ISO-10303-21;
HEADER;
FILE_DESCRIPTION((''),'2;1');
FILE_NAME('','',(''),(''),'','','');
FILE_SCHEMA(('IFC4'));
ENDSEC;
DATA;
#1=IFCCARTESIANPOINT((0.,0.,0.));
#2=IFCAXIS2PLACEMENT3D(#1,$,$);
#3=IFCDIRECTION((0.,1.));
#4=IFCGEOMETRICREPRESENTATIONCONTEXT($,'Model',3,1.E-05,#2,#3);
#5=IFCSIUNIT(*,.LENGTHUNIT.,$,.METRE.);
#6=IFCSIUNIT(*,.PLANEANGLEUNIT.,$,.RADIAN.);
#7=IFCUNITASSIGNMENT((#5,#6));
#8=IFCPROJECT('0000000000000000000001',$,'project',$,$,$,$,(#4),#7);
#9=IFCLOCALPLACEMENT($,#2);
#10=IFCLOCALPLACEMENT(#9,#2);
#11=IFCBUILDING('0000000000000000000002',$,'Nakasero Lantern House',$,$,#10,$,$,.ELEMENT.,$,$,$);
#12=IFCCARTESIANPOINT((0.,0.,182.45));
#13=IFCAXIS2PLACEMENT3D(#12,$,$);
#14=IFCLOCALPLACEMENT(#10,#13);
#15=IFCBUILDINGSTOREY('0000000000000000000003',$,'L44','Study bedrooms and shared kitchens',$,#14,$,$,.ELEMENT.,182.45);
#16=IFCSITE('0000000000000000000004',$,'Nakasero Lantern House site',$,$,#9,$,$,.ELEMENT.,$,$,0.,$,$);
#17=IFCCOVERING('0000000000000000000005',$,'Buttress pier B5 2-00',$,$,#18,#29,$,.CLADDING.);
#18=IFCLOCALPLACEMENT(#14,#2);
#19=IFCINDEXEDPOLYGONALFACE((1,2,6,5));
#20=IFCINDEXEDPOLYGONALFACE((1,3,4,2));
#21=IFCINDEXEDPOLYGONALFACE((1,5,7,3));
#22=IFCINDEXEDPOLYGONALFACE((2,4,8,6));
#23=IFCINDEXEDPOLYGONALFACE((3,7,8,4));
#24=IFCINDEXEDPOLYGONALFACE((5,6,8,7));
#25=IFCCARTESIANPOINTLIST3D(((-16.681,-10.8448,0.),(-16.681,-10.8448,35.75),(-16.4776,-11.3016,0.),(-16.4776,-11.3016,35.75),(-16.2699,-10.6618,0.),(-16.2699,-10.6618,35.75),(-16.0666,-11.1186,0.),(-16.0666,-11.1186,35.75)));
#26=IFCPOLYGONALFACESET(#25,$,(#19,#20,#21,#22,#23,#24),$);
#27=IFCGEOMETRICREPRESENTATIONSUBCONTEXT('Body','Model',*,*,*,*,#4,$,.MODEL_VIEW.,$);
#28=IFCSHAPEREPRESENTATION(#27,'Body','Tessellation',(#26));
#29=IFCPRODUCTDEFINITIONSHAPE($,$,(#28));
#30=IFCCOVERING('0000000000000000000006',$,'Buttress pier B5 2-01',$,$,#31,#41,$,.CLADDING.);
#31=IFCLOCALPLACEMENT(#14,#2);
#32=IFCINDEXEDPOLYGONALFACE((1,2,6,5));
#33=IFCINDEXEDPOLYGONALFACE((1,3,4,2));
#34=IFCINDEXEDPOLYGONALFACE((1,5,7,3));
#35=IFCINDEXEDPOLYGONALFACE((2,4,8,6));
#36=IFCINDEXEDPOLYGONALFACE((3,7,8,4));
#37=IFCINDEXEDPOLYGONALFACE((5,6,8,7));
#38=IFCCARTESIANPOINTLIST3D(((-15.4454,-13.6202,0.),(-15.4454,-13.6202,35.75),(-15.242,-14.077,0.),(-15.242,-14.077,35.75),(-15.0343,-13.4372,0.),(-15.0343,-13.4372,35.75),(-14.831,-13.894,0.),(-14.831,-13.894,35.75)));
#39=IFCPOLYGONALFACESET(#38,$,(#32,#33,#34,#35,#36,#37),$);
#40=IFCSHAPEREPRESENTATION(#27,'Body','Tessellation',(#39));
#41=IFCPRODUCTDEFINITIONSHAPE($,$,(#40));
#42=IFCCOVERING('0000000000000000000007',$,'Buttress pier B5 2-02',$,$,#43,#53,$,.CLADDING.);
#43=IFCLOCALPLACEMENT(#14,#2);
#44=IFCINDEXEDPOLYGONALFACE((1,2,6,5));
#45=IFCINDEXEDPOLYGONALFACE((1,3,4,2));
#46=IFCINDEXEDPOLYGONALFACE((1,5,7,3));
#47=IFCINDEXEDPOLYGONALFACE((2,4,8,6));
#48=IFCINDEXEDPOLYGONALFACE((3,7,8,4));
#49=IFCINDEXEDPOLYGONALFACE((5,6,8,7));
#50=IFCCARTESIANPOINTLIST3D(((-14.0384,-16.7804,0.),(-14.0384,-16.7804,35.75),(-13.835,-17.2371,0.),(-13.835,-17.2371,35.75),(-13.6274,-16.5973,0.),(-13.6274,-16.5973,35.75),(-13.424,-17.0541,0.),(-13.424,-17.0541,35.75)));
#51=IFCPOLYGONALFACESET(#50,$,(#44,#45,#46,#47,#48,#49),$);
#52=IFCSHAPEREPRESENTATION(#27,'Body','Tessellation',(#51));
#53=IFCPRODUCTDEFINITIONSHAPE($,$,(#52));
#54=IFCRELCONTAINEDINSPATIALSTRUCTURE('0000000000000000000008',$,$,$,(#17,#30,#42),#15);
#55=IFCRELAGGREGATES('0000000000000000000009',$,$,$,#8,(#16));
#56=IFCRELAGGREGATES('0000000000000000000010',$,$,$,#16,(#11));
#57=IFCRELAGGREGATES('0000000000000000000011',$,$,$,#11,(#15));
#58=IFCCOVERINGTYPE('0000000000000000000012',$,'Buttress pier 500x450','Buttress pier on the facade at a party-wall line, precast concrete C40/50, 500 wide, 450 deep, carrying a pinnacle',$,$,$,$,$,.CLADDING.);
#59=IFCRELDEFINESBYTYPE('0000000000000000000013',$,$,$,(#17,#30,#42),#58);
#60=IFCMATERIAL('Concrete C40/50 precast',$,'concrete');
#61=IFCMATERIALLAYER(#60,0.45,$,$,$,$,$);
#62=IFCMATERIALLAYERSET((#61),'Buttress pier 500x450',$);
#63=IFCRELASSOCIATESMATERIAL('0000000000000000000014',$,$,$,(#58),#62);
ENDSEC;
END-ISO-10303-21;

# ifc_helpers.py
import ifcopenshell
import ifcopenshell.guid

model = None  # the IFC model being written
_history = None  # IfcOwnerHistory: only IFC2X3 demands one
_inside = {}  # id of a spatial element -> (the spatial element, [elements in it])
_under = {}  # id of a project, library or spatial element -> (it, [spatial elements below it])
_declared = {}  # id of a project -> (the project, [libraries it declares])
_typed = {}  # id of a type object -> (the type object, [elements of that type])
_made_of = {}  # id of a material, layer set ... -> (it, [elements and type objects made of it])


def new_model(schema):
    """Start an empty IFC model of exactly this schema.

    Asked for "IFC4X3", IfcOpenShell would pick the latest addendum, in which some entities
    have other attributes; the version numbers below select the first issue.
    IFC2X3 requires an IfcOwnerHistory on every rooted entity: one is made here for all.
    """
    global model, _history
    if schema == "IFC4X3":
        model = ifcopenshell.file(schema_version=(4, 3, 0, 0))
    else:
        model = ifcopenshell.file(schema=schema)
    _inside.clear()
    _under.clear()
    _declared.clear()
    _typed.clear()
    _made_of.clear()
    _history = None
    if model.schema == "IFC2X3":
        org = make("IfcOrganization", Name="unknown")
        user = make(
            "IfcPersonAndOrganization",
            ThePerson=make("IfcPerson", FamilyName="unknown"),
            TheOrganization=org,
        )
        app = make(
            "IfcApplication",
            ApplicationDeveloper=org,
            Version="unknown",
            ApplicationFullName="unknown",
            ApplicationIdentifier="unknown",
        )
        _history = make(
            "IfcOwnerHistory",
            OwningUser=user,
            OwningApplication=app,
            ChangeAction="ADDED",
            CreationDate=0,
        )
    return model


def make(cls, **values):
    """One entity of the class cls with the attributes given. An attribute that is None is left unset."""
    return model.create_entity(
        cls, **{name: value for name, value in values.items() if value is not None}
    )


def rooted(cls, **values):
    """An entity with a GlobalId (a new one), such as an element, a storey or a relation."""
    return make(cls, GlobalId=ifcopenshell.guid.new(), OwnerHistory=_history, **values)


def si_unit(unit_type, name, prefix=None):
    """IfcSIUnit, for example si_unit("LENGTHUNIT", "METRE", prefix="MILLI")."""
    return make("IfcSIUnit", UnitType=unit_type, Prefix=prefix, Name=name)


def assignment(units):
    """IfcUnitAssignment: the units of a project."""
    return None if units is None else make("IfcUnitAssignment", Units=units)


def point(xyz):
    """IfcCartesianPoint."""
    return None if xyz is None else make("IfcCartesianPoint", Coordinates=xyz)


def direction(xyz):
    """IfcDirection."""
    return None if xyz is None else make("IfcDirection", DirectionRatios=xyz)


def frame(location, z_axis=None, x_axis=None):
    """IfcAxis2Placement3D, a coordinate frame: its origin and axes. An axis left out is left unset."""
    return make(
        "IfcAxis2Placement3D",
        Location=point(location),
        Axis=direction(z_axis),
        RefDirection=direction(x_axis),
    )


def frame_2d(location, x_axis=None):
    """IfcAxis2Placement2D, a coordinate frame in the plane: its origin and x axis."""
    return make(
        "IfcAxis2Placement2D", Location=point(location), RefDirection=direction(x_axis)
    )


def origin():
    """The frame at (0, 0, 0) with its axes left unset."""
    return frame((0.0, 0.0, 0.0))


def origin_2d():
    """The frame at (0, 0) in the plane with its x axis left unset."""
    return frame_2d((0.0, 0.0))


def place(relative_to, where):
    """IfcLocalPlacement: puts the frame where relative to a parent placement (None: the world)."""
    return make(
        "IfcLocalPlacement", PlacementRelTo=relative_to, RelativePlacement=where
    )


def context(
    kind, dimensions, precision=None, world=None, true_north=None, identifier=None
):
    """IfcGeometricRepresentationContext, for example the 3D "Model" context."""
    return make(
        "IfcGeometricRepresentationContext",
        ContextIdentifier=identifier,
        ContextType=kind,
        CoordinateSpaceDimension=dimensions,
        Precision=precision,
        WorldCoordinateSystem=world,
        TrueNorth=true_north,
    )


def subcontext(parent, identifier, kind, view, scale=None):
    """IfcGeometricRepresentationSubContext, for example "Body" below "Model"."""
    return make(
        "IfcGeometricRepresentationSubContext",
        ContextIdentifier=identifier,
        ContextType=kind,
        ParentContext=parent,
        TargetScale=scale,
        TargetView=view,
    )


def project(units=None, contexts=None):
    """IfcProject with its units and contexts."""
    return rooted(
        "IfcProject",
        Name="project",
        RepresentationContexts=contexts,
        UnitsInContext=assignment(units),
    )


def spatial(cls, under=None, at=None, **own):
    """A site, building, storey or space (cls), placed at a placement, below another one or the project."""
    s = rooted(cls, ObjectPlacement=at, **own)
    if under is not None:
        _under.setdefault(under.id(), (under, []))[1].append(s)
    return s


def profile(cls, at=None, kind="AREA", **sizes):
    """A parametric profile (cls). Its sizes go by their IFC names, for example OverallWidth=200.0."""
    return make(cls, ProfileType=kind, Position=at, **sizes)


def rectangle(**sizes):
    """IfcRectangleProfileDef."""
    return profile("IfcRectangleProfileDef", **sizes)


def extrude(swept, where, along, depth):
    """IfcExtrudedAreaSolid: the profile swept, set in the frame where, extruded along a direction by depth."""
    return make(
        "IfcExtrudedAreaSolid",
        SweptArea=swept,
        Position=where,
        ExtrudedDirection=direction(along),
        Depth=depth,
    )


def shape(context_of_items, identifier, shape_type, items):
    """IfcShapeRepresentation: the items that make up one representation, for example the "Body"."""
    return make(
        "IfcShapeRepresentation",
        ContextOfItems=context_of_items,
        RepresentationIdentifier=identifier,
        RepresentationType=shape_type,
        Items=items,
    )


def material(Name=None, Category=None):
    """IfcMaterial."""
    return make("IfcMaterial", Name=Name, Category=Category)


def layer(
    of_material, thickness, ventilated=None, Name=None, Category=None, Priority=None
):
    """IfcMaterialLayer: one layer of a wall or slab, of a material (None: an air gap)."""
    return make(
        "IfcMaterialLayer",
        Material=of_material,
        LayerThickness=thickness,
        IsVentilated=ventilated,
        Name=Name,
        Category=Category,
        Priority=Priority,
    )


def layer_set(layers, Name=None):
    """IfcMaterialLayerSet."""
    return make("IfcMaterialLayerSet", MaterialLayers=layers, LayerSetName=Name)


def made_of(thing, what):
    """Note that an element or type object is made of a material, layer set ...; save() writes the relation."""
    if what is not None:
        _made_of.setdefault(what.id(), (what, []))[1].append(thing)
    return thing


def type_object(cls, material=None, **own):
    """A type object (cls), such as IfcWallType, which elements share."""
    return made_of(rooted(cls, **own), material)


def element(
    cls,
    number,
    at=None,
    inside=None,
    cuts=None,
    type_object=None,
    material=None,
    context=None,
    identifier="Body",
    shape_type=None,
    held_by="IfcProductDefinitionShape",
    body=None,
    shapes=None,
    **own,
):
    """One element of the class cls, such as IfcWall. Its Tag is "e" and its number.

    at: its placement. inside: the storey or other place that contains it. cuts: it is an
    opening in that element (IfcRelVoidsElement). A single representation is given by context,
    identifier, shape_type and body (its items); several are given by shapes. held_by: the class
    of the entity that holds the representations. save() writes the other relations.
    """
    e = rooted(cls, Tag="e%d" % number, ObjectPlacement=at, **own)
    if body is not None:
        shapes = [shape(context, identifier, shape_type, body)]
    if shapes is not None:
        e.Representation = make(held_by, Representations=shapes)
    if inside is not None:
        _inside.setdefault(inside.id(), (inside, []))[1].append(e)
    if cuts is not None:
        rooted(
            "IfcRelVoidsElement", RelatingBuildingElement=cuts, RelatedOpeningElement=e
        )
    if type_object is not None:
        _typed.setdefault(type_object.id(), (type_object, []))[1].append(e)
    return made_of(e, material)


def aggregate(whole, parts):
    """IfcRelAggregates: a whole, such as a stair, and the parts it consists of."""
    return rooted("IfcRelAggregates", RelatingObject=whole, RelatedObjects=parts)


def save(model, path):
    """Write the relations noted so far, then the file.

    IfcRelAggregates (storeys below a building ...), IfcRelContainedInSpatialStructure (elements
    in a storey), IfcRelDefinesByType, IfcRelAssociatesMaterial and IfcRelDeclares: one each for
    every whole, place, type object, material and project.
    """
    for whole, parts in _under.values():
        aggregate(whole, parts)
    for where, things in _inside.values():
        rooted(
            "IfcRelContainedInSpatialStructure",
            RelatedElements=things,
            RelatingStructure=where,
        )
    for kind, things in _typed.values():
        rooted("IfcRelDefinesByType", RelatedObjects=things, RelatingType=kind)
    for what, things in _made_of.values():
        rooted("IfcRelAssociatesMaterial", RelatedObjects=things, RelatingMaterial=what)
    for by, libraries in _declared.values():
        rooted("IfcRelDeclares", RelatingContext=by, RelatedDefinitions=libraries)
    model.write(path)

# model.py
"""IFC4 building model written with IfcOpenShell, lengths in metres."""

from ifc_helpers import new_model, si_unit, direction, frame, origin, origin_2d, place, context, subcontext, project, spatial, rectangle, extrude, material, layer, layer_set, type_object, element, save


model = new_model("IFC4")

# Units and contexts
model_context = context("Model", 3, precision=1e-05, world=origin(), true_north=direction((0.0, 1.0)))
body_context = subcontext(model_context, "Body", "Model", "MODEL_VIEW")
ifc_project = project(units=[si_unit("LENGTHUNIT", "METRE"), si_unit("PLANEANGLEUNIT", "RADIAN")], contexts=[model_context])

# Site, building, storey
site_placement = place(None, origin())
site = spatial("IfcSite", under=ifc_project, at=site_placement, Name="Nakasero Lantern House site", CompositionType="ELEMENT", RefElevation=0.0)
building_placement = place(site_placement, origin())
building = spatial("IfcBuilding", under=site, at=building_placement, Name="Nakasero Lantern House", CompositionType="ELEMENT")
storey_placement = place(building_placement, frame((0.0, 0.0, 182.45)))
storey = spatial("IfcBuildingStorey", under=building, at=storey_placement, Name="L44", Description="Study bedrooms and shared kitchens", CompositionType="ELEMENT", Elevation=182.45)

# Coverings
ifc_material_1 = material(Name="Concrete C40/50 precast", Category="concrete")
ifc_layer_1 = layer(ifc_material_1, 0.45)
ifc_layer_set_1 = layer_set([ifc_layer_1], Name="Buttress pier 500x450")
covering_type = type_object("IfcCoveringType", Name="Buttress pier 500x450", Description="Buttress pier on the facade at a party-wall line, precast concrete C40/50, 500 wide, 450 deep, carrying a pinnacle", PredefinedType="CLADDING", material=ifc_layer_set_1)
for number, where, z_axis, x_axis, name in (
    (1, (-16.3738, -10.9817, 0.0), (0.0, 0.0, 1.0), (-0.913545, -0.406737, 0.0), "Buttress pier B5 2-00"),
    (2, (-15.1382, -13.7571, 0.0), (0.0, 0.0, 1.0), (-0.913545, -0.406737, 0.0), "Buttress pier B5 2-01"),
    (3, (-13.7312, -16.9172, 0.0), (0.0, 0.0, 1.0), (-0.913545, -0.406737, 0.0), "Buttress pier B5 2-02"),
):
    element("IfcCovering", number, at=place(storey_placement, frame(where, z_axis=z_axis, x_axis=x_axis)), inside=storey, type_object=covering_type, Name=name, PredefinedType="CLADDING", context=body_context, shape_type="SweptSolid", body=[
        extrude(rectangle(XDim=0.45, YDim=0.5, at=origin_2d()), origin(), (0.0, 0.0, 1.0), 35.75),
    ])

save(model, "model.ifc")
